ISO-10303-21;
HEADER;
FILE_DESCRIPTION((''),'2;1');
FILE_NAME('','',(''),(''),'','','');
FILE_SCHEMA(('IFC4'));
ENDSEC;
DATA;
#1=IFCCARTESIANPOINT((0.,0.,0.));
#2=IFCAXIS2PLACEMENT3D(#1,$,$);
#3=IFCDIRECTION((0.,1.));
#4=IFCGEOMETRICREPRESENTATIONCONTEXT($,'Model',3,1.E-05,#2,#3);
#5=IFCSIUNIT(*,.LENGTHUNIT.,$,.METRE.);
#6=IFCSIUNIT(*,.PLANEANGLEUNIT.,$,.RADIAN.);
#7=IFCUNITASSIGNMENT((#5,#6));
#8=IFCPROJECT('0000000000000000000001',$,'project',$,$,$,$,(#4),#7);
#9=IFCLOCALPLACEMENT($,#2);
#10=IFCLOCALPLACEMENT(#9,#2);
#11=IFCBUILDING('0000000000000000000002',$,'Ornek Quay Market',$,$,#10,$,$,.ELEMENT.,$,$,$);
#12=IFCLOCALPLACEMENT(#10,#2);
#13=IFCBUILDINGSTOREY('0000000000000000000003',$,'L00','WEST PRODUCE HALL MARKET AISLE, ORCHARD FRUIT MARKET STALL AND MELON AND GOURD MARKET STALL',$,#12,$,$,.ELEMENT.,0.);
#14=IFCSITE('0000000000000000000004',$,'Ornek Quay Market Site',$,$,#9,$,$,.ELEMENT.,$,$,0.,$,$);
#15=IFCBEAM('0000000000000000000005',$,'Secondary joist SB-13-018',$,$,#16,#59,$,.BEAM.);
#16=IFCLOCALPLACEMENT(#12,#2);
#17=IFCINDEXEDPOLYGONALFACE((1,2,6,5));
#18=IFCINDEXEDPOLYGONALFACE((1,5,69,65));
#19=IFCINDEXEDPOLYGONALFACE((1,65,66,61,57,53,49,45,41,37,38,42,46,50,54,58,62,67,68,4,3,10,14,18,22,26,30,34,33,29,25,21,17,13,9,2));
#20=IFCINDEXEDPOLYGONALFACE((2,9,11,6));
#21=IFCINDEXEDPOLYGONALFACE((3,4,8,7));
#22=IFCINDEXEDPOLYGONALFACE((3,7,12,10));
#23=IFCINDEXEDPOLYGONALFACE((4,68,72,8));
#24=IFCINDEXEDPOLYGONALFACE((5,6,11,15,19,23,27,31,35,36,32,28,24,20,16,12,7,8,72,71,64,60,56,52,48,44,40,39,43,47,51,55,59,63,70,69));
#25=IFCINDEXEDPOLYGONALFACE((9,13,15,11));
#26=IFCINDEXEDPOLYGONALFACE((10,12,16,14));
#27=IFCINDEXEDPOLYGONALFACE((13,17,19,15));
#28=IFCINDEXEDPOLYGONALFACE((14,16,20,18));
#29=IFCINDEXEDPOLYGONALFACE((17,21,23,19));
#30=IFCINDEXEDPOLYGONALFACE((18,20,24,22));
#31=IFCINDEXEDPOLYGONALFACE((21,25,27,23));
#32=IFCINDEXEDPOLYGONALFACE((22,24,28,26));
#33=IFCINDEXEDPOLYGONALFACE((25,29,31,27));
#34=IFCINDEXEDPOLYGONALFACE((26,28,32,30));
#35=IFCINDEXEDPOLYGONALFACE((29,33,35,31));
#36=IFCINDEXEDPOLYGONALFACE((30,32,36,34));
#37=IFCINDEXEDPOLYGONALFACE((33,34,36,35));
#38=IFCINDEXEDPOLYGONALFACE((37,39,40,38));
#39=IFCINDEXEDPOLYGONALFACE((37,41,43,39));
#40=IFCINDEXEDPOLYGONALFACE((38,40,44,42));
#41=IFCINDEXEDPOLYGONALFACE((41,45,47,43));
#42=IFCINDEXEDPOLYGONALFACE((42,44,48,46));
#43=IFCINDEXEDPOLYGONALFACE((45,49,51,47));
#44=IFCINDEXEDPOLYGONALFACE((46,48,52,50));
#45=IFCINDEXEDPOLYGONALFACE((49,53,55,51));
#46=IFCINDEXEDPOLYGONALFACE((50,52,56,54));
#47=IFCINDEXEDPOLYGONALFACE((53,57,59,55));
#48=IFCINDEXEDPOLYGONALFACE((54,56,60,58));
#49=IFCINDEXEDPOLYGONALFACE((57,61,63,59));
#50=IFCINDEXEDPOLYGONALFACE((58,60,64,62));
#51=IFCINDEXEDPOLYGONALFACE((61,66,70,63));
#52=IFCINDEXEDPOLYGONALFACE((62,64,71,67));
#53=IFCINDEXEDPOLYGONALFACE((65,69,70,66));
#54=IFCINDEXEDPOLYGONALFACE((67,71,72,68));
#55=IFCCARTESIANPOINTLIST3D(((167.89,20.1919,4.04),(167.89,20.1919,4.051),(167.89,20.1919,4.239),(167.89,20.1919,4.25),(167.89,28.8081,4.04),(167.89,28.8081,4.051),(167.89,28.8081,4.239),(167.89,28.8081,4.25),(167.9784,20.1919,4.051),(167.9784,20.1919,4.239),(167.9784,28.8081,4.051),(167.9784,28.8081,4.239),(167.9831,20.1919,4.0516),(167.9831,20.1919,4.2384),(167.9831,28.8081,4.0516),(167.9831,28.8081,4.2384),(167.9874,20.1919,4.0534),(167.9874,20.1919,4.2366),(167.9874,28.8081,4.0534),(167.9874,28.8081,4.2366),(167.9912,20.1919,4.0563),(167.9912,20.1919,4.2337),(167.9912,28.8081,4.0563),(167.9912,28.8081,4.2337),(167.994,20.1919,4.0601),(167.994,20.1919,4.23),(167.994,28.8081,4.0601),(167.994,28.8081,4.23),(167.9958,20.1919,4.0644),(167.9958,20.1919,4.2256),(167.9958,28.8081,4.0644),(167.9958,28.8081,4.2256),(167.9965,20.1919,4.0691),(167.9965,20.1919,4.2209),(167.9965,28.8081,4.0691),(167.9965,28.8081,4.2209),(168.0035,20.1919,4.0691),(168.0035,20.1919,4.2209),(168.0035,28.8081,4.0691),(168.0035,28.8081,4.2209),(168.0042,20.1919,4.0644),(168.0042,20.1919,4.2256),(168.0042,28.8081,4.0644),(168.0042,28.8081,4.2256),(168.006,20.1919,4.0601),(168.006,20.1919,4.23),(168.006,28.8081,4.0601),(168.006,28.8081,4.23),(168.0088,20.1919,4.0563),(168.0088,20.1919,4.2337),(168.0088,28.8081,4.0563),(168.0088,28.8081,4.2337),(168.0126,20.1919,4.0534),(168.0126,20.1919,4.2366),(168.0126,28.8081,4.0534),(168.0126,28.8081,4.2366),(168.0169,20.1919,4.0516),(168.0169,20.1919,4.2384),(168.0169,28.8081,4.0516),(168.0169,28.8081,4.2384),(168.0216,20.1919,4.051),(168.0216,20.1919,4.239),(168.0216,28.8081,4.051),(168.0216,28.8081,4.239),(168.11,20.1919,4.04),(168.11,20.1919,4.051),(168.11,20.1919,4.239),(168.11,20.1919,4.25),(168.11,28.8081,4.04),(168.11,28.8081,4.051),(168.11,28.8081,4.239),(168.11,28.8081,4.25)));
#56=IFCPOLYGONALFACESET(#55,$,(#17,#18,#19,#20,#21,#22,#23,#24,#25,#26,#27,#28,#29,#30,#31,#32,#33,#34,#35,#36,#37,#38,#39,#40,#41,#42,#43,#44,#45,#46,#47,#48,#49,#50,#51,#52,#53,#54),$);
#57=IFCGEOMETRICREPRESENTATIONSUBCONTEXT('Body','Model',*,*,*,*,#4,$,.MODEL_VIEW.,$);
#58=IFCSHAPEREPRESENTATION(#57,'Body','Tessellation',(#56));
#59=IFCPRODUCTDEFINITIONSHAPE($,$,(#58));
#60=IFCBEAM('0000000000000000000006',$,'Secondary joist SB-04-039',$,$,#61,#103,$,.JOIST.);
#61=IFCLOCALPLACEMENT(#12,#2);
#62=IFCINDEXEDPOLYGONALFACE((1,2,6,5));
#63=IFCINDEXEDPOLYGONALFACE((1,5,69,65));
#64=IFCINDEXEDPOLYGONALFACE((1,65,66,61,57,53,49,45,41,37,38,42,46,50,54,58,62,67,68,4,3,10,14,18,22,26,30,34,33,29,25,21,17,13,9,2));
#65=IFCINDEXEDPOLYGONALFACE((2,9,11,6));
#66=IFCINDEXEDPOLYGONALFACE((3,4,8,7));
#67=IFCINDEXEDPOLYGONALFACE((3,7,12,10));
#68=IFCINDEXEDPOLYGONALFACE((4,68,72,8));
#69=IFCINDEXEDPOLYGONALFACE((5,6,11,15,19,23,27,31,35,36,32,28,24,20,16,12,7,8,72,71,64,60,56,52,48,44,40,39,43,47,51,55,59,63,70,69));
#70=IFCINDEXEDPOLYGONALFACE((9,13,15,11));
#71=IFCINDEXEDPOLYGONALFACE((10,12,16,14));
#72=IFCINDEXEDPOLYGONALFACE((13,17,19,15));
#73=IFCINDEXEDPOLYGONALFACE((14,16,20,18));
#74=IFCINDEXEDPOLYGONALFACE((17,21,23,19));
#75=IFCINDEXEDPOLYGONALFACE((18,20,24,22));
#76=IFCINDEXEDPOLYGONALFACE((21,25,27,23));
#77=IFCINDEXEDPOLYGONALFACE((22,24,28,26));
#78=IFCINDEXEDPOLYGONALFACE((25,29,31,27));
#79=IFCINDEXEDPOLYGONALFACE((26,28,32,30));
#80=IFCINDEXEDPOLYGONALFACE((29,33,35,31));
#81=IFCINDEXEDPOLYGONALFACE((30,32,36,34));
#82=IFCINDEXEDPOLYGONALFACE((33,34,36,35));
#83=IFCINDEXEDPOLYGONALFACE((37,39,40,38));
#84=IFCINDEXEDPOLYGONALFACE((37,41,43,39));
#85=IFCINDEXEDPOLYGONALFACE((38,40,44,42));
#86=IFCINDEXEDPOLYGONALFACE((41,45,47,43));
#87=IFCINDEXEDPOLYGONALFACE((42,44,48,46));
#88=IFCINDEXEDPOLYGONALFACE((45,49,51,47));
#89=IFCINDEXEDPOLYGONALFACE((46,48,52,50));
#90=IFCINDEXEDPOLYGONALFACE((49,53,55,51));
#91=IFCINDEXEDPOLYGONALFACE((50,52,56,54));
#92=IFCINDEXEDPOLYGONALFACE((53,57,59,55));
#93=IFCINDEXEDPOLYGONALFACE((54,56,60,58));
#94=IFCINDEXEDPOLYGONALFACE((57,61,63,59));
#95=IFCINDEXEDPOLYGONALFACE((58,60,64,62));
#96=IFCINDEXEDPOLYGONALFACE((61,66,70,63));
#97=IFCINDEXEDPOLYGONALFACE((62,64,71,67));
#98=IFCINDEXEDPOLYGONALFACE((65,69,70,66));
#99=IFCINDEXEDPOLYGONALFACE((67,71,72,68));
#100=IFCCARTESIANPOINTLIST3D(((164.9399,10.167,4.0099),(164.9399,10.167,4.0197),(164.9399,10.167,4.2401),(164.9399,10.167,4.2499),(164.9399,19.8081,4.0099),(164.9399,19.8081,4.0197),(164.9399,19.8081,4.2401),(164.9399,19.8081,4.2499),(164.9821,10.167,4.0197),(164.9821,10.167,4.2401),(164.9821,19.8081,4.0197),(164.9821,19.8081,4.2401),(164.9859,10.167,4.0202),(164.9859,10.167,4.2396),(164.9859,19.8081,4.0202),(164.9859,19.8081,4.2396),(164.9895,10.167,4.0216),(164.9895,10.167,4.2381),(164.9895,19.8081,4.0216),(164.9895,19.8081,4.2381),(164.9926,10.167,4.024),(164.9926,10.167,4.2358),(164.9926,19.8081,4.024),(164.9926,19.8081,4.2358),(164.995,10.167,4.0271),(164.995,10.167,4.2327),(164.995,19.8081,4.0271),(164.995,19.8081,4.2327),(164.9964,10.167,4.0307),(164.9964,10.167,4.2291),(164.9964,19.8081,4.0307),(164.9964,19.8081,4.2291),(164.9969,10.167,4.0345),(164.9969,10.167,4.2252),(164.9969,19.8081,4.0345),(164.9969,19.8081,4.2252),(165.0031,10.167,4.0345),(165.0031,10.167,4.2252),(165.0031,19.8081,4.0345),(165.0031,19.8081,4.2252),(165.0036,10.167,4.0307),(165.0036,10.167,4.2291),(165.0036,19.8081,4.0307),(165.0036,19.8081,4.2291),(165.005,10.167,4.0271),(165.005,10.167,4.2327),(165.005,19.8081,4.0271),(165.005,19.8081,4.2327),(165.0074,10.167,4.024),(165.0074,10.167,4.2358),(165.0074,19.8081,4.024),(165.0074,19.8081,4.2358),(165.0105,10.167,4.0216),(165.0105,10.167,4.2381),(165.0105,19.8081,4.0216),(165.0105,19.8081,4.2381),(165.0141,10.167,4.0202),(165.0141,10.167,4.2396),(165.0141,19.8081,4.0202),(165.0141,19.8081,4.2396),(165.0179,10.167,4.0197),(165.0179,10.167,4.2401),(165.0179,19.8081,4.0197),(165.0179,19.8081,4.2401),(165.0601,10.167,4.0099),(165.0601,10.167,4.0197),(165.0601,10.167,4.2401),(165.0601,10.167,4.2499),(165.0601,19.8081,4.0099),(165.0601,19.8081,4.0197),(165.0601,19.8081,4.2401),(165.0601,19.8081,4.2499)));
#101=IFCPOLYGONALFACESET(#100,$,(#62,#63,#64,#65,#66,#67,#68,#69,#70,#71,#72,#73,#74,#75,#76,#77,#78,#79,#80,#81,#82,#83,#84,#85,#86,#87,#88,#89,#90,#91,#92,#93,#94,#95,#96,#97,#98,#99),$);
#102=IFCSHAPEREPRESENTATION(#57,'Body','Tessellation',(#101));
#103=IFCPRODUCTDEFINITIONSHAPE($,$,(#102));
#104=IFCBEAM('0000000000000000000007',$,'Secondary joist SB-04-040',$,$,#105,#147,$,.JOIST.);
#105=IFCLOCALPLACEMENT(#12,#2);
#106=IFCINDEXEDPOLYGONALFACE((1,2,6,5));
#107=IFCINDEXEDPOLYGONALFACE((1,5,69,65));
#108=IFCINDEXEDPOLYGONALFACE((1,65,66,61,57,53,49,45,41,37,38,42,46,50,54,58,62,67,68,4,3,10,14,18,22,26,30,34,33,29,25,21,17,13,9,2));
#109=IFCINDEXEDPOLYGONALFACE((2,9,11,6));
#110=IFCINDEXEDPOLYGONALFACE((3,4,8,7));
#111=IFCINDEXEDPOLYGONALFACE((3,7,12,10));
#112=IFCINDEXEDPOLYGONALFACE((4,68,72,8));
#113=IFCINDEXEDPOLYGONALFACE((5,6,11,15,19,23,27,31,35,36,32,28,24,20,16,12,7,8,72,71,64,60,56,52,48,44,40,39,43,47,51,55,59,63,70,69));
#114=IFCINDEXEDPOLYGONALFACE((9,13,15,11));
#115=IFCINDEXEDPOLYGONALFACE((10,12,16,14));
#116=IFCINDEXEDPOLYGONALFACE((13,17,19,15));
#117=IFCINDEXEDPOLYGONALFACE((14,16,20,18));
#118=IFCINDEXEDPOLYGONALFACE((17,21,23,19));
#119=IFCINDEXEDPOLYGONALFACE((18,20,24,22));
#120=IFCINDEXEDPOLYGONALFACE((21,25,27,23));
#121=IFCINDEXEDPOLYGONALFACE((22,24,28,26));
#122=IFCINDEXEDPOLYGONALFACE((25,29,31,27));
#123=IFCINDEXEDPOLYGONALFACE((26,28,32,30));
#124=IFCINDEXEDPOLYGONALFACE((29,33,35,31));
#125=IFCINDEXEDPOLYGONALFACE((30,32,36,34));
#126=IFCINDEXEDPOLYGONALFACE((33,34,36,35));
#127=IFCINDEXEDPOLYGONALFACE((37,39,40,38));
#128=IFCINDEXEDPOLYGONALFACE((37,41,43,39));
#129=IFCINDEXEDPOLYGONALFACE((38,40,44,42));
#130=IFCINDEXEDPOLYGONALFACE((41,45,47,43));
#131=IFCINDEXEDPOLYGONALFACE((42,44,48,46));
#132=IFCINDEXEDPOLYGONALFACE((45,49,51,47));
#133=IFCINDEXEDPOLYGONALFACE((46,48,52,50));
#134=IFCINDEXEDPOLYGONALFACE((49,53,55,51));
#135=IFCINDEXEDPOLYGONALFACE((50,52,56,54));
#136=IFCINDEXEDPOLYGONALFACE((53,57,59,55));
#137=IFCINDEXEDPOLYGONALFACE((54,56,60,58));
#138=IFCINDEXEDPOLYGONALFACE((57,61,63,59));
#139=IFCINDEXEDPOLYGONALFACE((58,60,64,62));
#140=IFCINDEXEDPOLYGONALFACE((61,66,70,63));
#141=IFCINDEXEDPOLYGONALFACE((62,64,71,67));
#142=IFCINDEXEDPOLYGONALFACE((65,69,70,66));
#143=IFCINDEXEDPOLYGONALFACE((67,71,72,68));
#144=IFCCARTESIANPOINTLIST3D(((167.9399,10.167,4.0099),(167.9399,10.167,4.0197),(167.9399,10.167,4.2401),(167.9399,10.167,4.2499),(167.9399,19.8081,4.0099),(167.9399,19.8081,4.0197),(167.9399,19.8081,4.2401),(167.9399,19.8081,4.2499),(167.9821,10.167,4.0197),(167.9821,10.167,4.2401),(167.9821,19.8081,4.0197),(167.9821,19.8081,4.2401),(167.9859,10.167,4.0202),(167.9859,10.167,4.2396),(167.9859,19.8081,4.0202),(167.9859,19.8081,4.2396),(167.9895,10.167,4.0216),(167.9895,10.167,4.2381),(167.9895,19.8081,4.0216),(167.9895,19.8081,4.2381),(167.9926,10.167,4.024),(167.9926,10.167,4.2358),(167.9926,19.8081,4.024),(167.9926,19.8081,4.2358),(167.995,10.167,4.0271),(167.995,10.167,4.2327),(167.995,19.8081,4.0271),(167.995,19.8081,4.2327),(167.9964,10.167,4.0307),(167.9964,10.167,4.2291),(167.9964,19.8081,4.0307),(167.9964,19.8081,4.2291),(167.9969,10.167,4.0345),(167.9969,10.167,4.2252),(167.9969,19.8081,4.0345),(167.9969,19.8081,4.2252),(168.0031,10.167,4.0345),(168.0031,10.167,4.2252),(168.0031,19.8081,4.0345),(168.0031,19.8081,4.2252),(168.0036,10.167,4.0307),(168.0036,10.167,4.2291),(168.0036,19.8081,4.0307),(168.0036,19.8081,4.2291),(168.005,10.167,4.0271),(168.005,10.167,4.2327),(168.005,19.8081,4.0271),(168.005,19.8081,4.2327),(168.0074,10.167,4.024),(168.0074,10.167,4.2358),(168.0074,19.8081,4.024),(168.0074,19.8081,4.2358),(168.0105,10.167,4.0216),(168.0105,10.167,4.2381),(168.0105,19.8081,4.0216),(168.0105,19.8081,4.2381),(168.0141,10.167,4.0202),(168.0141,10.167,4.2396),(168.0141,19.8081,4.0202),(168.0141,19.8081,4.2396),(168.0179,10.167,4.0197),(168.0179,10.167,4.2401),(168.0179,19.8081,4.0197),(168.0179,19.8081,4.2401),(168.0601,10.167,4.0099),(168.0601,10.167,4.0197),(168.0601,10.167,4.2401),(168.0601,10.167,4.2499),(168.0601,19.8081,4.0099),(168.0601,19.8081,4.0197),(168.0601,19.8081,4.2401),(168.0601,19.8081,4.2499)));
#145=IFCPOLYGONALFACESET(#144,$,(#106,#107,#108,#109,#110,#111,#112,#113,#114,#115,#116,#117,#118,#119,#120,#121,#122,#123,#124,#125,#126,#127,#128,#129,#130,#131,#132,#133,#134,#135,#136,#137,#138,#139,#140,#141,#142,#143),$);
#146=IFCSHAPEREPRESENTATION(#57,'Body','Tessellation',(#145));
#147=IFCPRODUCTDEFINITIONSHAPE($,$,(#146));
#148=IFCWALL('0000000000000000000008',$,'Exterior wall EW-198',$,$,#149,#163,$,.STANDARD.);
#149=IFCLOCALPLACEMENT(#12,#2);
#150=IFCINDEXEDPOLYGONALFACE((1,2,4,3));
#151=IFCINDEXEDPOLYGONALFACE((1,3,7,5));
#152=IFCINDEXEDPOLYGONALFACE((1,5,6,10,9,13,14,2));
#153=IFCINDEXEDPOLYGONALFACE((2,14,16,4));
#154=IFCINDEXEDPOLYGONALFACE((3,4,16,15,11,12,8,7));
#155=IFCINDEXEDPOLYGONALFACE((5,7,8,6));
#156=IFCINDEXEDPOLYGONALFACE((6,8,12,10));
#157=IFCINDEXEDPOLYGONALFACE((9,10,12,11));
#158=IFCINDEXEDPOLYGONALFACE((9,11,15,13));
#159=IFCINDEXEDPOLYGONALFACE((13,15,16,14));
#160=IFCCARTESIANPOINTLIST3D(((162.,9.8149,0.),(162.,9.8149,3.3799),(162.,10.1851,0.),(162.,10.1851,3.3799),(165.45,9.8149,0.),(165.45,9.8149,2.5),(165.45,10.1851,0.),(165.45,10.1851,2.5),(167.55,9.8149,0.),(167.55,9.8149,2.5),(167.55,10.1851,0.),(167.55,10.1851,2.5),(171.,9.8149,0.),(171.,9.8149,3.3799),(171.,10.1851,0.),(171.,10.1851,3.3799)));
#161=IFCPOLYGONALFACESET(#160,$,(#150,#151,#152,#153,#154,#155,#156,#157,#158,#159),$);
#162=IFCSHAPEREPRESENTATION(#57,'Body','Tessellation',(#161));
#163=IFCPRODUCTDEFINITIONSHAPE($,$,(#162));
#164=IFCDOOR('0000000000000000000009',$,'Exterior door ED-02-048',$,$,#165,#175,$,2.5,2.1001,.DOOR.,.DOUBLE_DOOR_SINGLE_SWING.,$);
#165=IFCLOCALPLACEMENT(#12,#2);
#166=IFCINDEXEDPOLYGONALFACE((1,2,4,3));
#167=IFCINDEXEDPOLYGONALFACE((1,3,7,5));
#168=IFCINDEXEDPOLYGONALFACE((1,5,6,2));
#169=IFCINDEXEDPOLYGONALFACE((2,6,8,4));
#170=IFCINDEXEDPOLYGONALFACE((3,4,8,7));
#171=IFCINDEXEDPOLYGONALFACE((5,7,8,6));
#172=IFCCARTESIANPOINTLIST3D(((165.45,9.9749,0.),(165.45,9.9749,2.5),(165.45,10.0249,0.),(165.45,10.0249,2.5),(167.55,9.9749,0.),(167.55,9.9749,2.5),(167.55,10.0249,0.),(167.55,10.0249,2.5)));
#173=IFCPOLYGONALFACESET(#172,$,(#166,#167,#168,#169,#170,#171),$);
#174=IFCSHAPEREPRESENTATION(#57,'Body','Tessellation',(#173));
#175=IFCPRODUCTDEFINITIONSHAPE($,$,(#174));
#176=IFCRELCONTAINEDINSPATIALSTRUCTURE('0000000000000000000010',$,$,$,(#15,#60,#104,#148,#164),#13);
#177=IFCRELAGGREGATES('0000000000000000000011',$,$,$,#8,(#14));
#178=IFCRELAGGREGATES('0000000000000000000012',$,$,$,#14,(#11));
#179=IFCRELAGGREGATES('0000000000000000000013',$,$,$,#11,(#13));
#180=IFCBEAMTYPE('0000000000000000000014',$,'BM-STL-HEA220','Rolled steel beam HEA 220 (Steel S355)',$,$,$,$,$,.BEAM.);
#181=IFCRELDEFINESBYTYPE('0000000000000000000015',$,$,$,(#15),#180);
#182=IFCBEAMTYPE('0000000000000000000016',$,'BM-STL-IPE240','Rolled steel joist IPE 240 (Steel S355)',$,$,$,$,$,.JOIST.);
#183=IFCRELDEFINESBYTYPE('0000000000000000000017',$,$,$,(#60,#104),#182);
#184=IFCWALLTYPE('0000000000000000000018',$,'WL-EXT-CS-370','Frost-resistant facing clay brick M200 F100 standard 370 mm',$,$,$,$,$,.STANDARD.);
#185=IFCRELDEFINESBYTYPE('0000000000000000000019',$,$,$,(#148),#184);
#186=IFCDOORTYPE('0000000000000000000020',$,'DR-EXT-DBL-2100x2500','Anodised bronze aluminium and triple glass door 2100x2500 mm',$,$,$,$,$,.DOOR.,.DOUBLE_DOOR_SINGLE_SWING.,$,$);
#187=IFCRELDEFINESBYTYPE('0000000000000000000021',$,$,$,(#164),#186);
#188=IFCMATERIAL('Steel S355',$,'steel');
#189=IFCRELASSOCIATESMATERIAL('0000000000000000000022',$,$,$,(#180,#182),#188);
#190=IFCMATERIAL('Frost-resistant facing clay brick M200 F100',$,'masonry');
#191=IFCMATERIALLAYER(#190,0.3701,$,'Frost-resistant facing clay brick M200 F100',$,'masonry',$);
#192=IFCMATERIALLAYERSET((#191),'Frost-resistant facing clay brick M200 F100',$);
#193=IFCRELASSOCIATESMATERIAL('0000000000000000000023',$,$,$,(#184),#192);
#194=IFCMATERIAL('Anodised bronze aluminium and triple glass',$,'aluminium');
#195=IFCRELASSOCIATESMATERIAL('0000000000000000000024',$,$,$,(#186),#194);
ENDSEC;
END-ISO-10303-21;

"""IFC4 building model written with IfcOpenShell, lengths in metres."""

from ifc_helpers import new_model, si_unit, direction, frame, frame_2d, origin, origin_2d, place, context, subcontext, project, spatial, rectangle, i_section, extrude, material, layer, layer_set, material_profile, profile_set, type_object, element, fill, save


model = new_model("IFC4")

# Units and contexts
model_context = context("Model", 3, precision=1e-05, world=origin(), true_north=direction((0.0, 1.0)))
body_context = subcontext(model_context, "Body", "Model", "MODEL_VIEW")
ifc_project = project(units=[si_unit("LENGTHUNIT", "METRE"), si_unit("PLANEANGLEUNIT", "RADIAN")], contexts=[model_context])

# Site, building, storey
site_placement = place(None, origin())
site = spatial("IfcSite", under=ifc_project, at=site_placement, Name="Ornek Quay Market Site", CompositionType="ELEMENT", RefElevation=0.0)
building_placement = place(site_placement, origin())
building = spatial("IfcBuilding", under=site, at=building_placement, Name="Ornek Quay Market", CompositionType="ELEMENT")
storey_placement = place(building_placement, origin())
storey = spatial("IfcBuildingStorey", under=building, at=storey_placement, Name="L00", Description="WEST PRODUCE HALL MARKET AISLE, ORCHARD FRUIT MARKET STALL AND MELON AND GOURD MARKET STALL", CompositionType="ELEMENT", Elevation=0.0)

# Beams
ifc_material_1 = material(Name="Steel S355", Category="steel")
ifc_material_profile_1 = material_profile(ifc_material_1, i_section(OverallWidth=0.22, OverallDepth=0.21, WebThickness=0.0071, FlangeThickness=0.011, FilletRadius=0.0181, at=origin_2d()), Name="HEA 220", Category="steel")
ifc_profile_set_1 = profile_set([ifc_material_profile_1], Name="Steel S355")
beam_type_1 = type_object("IfcBeamType", Name="BM-STL-HEA220", Description="Rolled steel beam HEA 220 (Steel S355)", PredefinedType="BEAM", material=ifc_profile_set_1)
for number, where, z_axis, x_axis, name in (
    (1, (168.0, 20.1919, 4.145), (0.0, 1.0, 0.0), (-1.0, 0.0, 0.0), "Secondary joist SB-13-018"),
):
    element("IfcBeam", number, at=place(storey_placement, frame(where, z_axis=z_axis, x_axis=x_axis)), inside=storey, type_object=beam_type_1, Name=name, PredefinedType="BEAM", context=body_context, shape_type="SweptSolid", body=[
        extrude(i_section(OverallWidth=0.22, OverallDepth=0.21, WebThickness=0.0071, FlangeThickness=0.011, FilletRadius=0.0181, at=origin_2d()), origin(), (0.0, 0.0, 1.0), 8.6162),
    ])
ifc_material_profile_2 = material_profile(ifc_material_1, i_section(OverallWidth=0.1201, OverallDepth=0.24, WebThickness=0.0061, FlangeThickness=0.0098, FilletRadius=0.0149, at=origin_2d()), Name="IPE 240", Category="steel")
ifc_profile_set_2 = profile_set([ifc_material_profile_2], Name="Steel S355")
beam_type_2 = type_object("IfcBeamType", Name="BM-STL-IPE240", Description="Rolled steel joist IPE 240 (Steel S355)", PredefinedType="JOIST", material=ifc_profile_set_2)
for number, where, z_axis, x_axis, name in (
    (2, (165.0, 10.167, 4.1299), (0.0, 1.0, 0.0), (-1.0, 0.0, 0.0), "Secondary joist SB-04-039"),
    (3, (168.0, 10.167, 4.1299), (0.0, 1.0, 0.0), (-1.0, 0.0, 0.0), "Secondary joist SB-04-040"),
):
    element("IfcBeam", number, at=place(storey_placement, frame(where, z_axis=z_axis, x_axis=x_axis)), inside=storey, type_object=beam_type_2, Name=name, PredefinedType="JOIST", context=body_context, shape_type="SweptSolid", body=[
        extrude(i_section(OverallWidth=0.1201, OverallDepth=0.24, WebThickness=0.0061, FlangeThickness=0.0098, FilletRadius=0.0149, at=origin_2d()), origin(), (0.0, 0.0, 1.0), 9.6411),
    ])

# Wall, opening, door
ifc_material_2 = material(Name="Frost-resistant facing clay brick M200 F100", Category="masonry")
ifc_layer_1 = layer(ifc_material_2, 0.3701, Name="Frost-resistant facing clay brick M200 F100", Category="masonry")
ifc_layer_set_1 = layer_set([ifc_layer_1], Name="Frost-resistant facing clay brick M200 F100")
wall_type_1 = type_object("IfcWallType", Name="WL-EXT-CS-370", Description="Frost-resistant facing clay brick M200 F100 standard 370 mm", PredefinedType="STANDARD", material=ifc_layer_set_1)
wall_1_placement = place(storey_placement, frame((162.0, 10.0, 0.0), z_axis=(0.0, 0.0, 1.0), x_axis=(1.0, 0.0, 0.0)))
wall_1 = element("IfcWall", 4, at=wall_1_placement, inside=storey, type_object=wall_type_1, Name="Exterior wall EW-198", PredefinedType="STANDARD", context=body_context, shape_type="SweptSolid", body=[
    extrude(rectangle(XDim=9.0, YDim=0.3701, at=frame_2d((4.5, 0.0))), origin(), (0.0, 0.0, 1.0), 3.3799),
])
opening_1_placement = place(wall_1_placement, frame((3.45, 0.0, 0.0)))
opening_1 = element("IfcOpeningElement", 5, at=opening_1_placement, cuts=wall_1, PredefinedType="OPENING", context=body_context, shape_type="SweptSolid", body=[
    extrude(rectangle(XDim=2.1001, YDim=2.5, at=frame_2d((1.05, 1.25))), frame((0.0, 0.1951, 0.0), z_axis=(0.0, -1.0, 0.0), x_axis=(1.0, 0.0, 0.0)), (0.0, 0.0, 1.0), 0.3901),
])
ifc_material_3 = material(Name="Anodised bronze aluminium and triple glass", Category="aluminium")
door_type_1 = type_object("IfcDoorType", Name="DR-EXT-DBL-2100x2500", Description="Anodised bronze aluminium and triple glass door 2100x2500 mm", OperationType="DOUBLE_DOOR_SINGLE_SWING", PredefinedType="DOOR", material=ifc_material_3)
door_1_placement = place(opening_1_placement, origin())
door_1 = element("IfcDoor", 6, at=door_1_placement, inside=storey, type_object=door_type_1, Name="Exterior door ED-02-048", OperationType="DOUBLE_DOOR_SINGLE_SWING", OverallHeight=2.5, OverallWidth=2.1001, PredefinedType="DOOR", context=body_context, shape_type="SweptSolid", body=[
    extrude(rectangle(XDim=2.1001, YDim=2.5, at=frame_2d((1.05, 1.25))), frame((0.0, 0.0249, 0.0), z_axis=(0.0, -1.0, 0.0), x_axis=(1.0, 0.0, 0.0)), (0.0, 0.0, 1.0), 0.05),
])
fill(opening_1, door_1)

save(model, "model.ifc")
